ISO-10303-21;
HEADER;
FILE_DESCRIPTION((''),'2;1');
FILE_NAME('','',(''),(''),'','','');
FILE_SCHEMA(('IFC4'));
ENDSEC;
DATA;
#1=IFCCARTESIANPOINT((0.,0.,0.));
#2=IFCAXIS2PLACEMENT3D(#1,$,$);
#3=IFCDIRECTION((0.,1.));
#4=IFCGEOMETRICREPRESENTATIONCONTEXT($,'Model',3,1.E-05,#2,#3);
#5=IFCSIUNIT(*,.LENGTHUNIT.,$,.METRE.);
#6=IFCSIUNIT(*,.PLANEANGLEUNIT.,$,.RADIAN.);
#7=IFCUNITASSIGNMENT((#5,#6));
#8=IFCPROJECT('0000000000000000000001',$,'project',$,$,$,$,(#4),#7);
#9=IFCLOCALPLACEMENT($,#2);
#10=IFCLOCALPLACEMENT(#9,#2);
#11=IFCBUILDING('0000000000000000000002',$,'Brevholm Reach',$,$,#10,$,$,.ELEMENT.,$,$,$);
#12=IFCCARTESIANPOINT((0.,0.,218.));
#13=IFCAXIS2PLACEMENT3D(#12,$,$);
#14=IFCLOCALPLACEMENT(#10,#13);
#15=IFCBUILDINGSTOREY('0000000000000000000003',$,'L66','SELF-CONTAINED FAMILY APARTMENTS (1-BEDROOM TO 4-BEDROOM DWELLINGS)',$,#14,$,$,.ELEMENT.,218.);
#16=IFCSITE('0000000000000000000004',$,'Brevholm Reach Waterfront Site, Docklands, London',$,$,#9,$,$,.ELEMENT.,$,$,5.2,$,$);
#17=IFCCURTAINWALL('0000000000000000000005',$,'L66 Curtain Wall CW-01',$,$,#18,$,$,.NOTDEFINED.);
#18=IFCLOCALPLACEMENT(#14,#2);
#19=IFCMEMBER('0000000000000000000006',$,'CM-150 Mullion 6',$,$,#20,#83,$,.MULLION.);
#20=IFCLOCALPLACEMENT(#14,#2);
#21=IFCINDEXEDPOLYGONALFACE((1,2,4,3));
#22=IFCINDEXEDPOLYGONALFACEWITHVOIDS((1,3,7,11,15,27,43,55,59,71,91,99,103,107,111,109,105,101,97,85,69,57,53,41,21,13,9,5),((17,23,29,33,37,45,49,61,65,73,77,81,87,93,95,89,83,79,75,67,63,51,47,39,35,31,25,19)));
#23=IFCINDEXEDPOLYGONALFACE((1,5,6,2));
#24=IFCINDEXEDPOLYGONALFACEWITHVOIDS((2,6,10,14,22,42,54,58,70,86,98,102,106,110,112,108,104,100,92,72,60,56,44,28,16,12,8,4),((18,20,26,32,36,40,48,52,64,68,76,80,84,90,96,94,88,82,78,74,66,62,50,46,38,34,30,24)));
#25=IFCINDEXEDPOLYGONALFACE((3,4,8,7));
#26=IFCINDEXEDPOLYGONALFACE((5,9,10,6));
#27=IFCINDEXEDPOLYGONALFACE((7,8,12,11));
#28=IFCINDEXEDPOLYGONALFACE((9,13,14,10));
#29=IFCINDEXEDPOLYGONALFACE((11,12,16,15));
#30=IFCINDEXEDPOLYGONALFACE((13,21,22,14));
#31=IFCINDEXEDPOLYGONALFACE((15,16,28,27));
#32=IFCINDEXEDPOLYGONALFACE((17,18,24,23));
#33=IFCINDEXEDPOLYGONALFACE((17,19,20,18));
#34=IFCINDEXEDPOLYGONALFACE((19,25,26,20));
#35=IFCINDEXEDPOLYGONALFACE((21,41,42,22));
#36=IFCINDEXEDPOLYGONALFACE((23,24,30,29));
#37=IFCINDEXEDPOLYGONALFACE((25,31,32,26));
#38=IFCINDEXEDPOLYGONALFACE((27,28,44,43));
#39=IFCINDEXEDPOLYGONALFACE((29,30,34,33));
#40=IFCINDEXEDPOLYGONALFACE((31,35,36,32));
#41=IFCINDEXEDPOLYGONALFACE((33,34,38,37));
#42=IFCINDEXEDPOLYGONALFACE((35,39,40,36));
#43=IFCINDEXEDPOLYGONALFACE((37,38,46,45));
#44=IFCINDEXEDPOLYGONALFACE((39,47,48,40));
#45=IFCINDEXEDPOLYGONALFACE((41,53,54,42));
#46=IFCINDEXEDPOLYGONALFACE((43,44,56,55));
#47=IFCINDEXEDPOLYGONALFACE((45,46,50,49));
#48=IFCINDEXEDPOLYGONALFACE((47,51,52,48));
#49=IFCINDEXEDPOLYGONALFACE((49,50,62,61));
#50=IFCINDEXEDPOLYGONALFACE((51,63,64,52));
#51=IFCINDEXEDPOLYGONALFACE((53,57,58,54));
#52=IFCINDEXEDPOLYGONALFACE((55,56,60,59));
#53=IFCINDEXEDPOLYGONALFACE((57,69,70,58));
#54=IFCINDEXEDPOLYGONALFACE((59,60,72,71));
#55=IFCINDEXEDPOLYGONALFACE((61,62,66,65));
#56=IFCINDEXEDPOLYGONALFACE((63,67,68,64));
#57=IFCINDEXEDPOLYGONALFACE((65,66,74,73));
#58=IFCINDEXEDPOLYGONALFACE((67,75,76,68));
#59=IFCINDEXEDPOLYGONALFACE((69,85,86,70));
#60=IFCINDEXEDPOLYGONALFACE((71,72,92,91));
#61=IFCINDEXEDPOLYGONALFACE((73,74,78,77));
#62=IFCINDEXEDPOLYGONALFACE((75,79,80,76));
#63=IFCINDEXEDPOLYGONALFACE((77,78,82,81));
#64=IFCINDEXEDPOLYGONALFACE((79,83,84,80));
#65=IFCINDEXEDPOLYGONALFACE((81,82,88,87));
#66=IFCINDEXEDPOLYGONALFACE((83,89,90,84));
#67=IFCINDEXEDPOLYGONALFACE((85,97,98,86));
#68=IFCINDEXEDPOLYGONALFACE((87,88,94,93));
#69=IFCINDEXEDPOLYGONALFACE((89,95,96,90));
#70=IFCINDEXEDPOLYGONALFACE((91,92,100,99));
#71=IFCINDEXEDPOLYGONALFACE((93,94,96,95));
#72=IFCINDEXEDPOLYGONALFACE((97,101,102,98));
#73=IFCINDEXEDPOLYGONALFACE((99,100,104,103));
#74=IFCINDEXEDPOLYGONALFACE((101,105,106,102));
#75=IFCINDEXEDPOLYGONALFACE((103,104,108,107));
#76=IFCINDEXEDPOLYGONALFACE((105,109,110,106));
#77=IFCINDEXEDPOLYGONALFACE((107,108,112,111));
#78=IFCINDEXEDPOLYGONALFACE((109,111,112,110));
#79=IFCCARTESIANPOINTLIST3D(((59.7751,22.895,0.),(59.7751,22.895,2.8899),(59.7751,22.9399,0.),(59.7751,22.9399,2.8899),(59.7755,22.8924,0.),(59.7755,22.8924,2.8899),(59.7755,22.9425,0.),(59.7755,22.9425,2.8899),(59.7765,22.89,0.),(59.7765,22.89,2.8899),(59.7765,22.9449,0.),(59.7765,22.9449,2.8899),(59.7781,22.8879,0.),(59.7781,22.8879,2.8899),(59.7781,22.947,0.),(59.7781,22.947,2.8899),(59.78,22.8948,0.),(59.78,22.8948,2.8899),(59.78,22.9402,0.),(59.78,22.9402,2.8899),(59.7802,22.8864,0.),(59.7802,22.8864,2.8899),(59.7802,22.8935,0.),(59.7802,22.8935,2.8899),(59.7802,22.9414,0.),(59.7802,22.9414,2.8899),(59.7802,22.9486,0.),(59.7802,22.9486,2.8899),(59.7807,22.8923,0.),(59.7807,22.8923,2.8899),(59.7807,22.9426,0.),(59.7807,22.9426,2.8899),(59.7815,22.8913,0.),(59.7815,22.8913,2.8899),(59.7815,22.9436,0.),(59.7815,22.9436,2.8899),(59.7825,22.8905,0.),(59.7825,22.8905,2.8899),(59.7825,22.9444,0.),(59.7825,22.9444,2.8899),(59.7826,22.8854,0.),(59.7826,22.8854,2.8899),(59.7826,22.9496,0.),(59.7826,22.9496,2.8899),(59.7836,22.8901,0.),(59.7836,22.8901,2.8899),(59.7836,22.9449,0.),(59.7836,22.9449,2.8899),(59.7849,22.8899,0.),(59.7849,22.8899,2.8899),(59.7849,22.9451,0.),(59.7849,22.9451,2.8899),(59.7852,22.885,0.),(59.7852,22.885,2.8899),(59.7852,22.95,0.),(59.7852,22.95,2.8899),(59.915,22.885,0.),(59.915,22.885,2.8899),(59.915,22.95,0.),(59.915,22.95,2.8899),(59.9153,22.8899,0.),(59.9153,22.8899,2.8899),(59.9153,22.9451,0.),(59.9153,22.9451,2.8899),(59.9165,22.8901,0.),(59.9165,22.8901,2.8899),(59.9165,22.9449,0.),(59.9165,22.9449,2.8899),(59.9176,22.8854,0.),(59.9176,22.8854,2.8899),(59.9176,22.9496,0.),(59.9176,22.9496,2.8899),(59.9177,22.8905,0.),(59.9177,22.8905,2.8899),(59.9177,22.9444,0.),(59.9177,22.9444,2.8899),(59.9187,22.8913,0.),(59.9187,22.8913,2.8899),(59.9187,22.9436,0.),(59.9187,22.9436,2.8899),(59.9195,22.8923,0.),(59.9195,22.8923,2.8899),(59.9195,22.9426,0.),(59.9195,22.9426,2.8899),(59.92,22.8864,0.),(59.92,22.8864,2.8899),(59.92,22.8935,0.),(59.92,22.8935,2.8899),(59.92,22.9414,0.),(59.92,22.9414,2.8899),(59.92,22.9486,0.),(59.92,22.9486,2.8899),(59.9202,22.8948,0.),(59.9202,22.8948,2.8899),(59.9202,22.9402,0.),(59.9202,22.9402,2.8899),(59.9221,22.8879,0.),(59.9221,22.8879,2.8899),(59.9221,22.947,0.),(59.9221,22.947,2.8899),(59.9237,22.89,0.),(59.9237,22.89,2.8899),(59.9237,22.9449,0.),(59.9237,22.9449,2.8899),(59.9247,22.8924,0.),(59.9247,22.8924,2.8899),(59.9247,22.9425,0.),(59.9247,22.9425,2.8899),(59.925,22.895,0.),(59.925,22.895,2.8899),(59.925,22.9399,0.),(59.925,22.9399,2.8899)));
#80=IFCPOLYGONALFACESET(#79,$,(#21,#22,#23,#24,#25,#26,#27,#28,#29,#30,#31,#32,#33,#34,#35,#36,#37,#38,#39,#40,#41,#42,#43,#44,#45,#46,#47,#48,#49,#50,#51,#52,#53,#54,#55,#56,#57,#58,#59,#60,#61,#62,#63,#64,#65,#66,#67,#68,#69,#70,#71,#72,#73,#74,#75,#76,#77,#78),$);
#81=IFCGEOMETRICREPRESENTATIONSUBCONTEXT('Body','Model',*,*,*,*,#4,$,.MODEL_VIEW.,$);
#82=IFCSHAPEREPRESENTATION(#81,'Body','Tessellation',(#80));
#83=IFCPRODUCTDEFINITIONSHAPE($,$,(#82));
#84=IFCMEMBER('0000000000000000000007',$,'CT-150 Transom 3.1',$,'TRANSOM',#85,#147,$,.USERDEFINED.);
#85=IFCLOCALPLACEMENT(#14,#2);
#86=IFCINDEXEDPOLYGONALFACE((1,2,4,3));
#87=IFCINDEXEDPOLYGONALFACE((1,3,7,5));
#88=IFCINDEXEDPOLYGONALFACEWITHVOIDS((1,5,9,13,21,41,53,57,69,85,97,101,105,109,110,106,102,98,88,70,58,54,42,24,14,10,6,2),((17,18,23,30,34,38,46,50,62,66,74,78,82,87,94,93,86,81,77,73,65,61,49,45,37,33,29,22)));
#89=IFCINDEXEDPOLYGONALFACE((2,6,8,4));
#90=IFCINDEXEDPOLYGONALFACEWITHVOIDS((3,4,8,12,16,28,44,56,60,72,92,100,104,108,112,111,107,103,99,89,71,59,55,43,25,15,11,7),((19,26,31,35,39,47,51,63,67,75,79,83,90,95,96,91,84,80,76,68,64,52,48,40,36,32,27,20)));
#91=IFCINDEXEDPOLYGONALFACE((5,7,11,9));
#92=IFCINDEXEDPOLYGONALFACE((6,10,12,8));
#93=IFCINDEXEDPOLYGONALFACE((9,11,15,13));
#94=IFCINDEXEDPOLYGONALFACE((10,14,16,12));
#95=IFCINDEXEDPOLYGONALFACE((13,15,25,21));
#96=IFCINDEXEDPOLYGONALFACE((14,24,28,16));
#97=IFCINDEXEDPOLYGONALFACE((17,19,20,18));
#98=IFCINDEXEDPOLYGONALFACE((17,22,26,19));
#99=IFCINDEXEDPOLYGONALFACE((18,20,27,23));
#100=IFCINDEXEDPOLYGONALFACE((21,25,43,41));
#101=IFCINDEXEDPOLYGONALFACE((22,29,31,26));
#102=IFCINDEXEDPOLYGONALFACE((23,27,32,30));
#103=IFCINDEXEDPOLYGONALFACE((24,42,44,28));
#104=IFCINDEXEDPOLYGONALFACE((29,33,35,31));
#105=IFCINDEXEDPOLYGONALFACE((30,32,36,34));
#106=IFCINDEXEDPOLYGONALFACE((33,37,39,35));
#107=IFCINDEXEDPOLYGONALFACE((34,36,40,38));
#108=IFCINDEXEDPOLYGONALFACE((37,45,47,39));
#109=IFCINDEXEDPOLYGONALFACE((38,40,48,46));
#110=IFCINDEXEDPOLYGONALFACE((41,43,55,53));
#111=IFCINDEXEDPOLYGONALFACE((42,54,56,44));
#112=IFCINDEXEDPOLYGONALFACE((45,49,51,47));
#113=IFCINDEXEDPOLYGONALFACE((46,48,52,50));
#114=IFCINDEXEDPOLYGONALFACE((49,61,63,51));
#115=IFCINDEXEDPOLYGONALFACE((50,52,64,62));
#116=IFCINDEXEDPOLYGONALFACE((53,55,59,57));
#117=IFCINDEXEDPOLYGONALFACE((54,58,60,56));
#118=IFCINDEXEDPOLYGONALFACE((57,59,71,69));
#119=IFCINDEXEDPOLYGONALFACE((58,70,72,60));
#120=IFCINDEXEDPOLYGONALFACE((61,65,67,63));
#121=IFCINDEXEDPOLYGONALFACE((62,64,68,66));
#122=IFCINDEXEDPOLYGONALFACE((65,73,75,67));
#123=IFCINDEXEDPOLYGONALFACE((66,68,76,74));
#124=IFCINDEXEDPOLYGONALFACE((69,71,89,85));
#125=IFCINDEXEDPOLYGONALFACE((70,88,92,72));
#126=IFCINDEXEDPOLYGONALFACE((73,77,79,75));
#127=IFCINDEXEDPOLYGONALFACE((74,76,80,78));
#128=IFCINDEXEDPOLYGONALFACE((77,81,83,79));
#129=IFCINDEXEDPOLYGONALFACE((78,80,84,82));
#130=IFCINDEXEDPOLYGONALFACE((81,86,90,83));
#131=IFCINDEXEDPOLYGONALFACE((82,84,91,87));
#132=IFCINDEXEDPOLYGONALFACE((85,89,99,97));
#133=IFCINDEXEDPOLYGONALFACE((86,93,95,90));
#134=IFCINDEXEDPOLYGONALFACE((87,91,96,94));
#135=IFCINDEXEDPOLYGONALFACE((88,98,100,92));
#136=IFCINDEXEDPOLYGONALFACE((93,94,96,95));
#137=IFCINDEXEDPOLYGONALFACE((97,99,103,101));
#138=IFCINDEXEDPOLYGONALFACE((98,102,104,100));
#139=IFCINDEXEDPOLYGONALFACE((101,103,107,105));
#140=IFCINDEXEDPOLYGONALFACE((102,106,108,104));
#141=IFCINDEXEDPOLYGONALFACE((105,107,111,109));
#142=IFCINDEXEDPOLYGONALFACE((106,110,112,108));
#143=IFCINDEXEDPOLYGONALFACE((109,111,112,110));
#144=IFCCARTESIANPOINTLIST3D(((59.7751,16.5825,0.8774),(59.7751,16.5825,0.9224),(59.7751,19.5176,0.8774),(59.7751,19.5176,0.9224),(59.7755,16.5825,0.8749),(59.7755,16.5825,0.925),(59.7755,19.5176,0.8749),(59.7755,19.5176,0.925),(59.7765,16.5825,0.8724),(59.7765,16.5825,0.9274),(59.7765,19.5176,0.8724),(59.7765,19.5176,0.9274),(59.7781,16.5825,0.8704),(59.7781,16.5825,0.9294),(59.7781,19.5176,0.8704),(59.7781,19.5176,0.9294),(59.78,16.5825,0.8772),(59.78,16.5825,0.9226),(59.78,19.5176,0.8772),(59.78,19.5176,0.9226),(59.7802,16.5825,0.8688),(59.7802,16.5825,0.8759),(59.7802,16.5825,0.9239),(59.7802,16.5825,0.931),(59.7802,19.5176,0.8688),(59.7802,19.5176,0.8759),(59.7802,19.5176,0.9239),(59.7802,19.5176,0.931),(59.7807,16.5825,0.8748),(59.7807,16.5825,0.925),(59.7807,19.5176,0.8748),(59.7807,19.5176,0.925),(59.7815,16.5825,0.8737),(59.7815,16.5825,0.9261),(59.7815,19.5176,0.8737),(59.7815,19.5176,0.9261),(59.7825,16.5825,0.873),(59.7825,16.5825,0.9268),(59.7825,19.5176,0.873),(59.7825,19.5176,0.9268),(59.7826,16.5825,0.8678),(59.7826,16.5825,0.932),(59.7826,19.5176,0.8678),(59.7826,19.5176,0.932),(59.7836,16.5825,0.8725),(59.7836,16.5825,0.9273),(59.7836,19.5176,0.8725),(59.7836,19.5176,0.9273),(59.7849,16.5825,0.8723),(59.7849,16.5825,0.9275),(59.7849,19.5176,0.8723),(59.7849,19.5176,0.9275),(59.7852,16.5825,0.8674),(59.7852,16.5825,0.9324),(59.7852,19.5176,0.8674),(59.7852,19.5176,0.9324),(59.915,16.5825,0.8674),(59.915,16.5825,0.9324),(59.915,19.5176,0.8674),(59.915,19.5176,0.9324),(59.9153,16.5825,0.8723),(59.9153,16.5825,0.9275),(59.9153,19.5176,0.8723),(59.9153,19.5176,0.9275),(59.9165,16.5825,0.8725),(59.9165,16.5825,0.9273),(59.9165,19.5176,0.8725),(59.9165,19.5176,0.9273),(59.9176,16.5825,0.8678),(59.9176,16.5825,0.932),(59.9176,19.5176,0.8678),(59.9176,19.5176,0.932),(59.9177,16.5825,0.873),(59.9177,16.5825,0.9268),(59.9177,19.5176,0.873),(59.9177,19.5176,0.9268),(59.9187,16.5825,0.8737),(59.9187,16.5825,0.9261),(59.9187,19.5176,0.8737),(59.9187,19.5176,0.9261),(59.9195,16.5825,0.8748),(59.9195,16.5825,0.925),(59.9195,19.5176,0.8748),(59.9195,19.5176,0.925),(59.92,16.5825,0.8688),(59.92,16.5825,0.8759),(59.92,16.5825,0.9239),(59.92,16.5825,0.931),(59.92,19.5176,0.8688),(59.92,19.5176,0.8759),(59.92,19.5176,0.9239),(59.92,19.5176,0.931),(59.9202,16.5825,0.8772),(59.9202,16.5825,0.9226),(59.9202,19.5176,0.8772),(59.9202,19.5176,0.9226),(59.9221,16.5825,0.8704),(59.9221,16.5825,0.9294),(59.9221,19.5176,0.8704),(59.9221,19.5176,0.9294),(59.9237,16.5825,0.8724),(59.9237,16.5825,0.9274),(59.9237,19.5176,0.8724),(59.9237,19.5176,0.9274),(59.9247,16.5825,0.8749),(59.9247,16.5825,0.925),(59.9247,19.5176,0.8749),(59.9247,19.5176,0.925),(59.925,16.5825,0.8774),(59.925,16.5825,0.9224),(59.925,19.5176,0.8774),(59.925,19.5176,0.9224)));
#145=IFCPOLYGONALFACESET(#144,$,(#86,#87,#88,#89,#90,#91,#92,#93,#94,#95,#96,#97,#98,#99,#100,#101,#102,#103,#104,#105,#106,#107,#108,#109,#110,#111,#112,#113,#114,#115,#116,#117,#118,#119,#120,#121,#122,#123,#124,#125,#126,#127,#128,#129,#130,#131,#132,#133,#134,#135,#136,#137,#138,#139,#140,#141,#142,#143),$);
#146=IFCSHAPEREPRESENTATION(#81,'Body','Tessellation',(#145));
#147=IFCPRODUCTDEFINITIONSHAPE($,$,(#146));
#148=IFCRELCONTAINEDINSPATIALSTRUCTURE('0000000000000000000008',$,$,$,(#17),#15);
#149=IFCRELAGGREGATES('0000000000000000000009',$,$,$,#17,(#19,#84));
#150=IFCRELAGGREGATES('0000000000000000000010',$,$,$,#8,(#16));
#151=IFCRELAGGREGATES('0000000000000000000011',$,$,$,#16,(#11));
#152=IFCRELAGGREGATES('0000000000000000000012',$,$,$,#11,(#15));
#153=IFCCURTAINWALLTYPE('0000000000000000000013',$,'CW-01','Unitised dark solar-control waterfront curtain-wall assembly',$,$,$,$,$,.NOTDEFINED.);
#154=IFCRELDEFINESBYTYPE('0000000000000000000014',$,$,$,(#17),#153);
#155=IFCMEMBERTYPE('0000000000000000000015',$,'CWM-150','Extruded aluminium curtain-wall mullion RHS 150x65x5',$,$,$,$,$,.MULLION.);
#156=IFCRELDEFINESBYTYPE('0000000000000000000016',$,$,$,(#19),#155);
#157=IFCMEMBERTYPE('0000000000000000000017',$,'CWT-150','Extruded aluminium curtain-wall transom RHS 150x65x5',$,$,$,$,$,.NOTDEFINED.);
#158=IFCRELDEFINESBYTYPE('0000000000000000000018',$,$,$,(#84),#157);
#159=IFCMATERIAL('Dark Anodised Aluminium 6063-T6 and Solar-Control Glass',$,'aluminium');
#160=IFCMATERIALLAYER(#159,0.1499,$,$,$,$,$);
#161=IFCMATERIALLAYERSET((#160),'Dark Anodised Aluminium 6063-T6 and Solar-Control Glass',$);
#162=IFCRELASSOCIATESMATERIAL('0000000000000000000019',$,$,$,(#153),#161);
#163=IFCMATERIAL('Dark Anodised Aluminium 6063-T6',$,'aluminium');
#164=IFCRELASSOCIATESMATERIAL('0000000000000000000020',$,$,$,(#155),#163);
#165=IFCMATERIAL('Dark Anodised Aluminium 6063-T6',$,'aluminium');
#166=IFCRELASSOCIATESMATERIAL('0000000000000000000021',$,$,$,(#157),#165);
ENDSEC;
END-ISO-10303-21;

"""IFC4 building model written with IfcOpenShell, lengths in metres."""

from ifc_helpers import new_model, si_unit, direction, frame, origin, origin_2d, place, context, subcontext, project, spatial, hollow_rectangle, extrude, material, layer, layer_set, material_profile, profile_set, type_object, element, aggregate, save


model = new_model("IFC4")

# Units and contexts
model_context = context("Model", 3, precision=1e-05, world=origin(), true_north=direction((0.0, 1.0)))
body_context = subcontext(model_context, "Body", "Model", "MODEL_VIEW")
ifc_project = project(units=[si_unit("LENGTHUNIT", "METRE"), si_unit("PLANEANGLEUNIT", "RADIAN")], contexts=[model_context])

# Site, building, storey
site_placement = place(None, origin())
site = spatial("IfcSite", under=ifc_project, at=site_placement, Name="Brevholm Reach Waterfront Site, Docklands, London", CompositionType="ELEMENT", RefElevation=5.2)
building_placement = place(site_placement, origin())
building = spatial("IfcBuilding", under=site, at=building_placement, Name="Brevholm Reach", CompositionType="ELEMENT")
storey_placement = place(building_placement, frame((0.0, 0.0, 218.0)))
storey = spatial("IfcBuildingStorey", under=building, at=storey_placement, Name="L66", Description="SELF-CONTAINED FAMILY APARTMENTS (1-BEDROOM TO 4-BEDROOM DWELLINGS)", CompositionType="ELEMENT", Elevation=218.0)

# Curtain wall, members
ifc_material_1 = material(Name="Dark Anodised Aluminium 6063-T6 and Solar-Control Glass", Category="aluminium")
ifc_layer_1 = layer(ifc_material_1, 0.1499)
ifc_layer_set_1 = layer_set([ifc_layer_1], Name="Dark Anodised Aluminium 6063-T6 and Solar-Control Glass")
curtain_wall_type = type_object("IfcCurtainWallType", Name="CW-01", Description="Unitised dark solar-control waterfront curtain-wall assembly", PredefinedType="NOTDEFINED", material=ifc_layer_set_1)
curtain_wall_placement = place(storey_placement, origin())
curtain_wall = element("IfcCurtainWall", 1, at=curtain_wall_placement, inside=storey, type_object=curtain_wall_type, Name="L66 Curtain Wall CW-01", PredefinedType="NOTDEFINED")
ifc_material_2 = material(Name="Dark Anodised Aluminium 6063-T6", Category="aluminium")
ifc_material_profile_1 = material_profile(ifc_material_2, hollow_rectangle(XDim=0.0649, YDim=0.1499, WallThickness=0.0049, InnerFilletRadius=0.0049, OuterFilletRadius=0.01, at=origin_2d()), Name="RHS 150x65x5")
ifc_profile_set_1 = profile_set([ifc_material_profile_1], Name="Dark Anodised Aluminium 6063-T6")
member_type_1 = type_object("IfcMemberType", Name="CWM-150", Description="Extruded aluminium curtain-wall mullion RHS 150x65x5", PredefinedType="MULLION", material=ifc_profile_set_1)
member_1_placement = place(storey_placement, frame((59.8501, 22.9175, 0.0), z_axis=(0.0, 0.0, 1.0), x_axis=(0.0, 1.0, 0.0)))
member_1 = element("IfcMember", 2, at=member_1_placement, type_object=member_type_1, Name="CM-150 Mullion 6", PredefinedType="MULLION", context=body_context, shape_type="SweptSolid", body=[
    extrude(hollow_rectangle(XDim=0.0649, YDim=0.1499, WallThickness=0.0049, InnerFilletRadius=0.0049, OuterFilletRadius=0.01, at=origin_2d()), origin(), (0.0, 0.0, 1.0), 2.8899),
])
ifc_material_3 = material(Name="Dark Anodised Aluminium 6063-T6", Category="aluminium")
ifc_material_profile_2 = material_profile(ifc_material_3, hollow_rectangle(XDim=0.0649, YDim=0.1499, WallThickness=0.0049, InnerFilletRadius=0.0049, OuterFilletRadius=0.01, at=origin_2d()), Name="RHS 150x65x5")
ifc_profile_set_2 = profile_set([ifc_material_profile_2], Name="Dark Anodised Aluminium 6063-T6")
member_type_2 = type_object("IfcMemberType", Name="CWT-150", Description="Extruded aluminium curtain-wall transom RHS 150x65x5", PredefinedType="NOTDEFINED", material=ifc_profile_set_2)
member_2_placement = place(storey_placement, frame((59.8501, 16.5825, 0.8999), z_axis=(0.0, 1.0, 0.0), x_axis=(0.0, 0.0, 1.0)))
member_2 = element("IfcMember", 3, at=member_2_placement, type_object=member_type_2, Name="CT-150 Transom 3.1", ObjectType="TRANSOM", PredefinedType="USERDEFINED", context=body_context, shape_type="SweptSolid", body=[
    extrude(hollow_rectangle(XDim=0.0649, YDim=0.1499, WallThickness=0.0049, InnerFilletRadius=0.0049, OuterFilletRadius=0.01, at=origin_2d()), origin(), (0.0, 0.0, 1.0), 2.9351),
])
aggregate(curtain_wall, [member_1, member_2])

save(model, "model.ifc")
